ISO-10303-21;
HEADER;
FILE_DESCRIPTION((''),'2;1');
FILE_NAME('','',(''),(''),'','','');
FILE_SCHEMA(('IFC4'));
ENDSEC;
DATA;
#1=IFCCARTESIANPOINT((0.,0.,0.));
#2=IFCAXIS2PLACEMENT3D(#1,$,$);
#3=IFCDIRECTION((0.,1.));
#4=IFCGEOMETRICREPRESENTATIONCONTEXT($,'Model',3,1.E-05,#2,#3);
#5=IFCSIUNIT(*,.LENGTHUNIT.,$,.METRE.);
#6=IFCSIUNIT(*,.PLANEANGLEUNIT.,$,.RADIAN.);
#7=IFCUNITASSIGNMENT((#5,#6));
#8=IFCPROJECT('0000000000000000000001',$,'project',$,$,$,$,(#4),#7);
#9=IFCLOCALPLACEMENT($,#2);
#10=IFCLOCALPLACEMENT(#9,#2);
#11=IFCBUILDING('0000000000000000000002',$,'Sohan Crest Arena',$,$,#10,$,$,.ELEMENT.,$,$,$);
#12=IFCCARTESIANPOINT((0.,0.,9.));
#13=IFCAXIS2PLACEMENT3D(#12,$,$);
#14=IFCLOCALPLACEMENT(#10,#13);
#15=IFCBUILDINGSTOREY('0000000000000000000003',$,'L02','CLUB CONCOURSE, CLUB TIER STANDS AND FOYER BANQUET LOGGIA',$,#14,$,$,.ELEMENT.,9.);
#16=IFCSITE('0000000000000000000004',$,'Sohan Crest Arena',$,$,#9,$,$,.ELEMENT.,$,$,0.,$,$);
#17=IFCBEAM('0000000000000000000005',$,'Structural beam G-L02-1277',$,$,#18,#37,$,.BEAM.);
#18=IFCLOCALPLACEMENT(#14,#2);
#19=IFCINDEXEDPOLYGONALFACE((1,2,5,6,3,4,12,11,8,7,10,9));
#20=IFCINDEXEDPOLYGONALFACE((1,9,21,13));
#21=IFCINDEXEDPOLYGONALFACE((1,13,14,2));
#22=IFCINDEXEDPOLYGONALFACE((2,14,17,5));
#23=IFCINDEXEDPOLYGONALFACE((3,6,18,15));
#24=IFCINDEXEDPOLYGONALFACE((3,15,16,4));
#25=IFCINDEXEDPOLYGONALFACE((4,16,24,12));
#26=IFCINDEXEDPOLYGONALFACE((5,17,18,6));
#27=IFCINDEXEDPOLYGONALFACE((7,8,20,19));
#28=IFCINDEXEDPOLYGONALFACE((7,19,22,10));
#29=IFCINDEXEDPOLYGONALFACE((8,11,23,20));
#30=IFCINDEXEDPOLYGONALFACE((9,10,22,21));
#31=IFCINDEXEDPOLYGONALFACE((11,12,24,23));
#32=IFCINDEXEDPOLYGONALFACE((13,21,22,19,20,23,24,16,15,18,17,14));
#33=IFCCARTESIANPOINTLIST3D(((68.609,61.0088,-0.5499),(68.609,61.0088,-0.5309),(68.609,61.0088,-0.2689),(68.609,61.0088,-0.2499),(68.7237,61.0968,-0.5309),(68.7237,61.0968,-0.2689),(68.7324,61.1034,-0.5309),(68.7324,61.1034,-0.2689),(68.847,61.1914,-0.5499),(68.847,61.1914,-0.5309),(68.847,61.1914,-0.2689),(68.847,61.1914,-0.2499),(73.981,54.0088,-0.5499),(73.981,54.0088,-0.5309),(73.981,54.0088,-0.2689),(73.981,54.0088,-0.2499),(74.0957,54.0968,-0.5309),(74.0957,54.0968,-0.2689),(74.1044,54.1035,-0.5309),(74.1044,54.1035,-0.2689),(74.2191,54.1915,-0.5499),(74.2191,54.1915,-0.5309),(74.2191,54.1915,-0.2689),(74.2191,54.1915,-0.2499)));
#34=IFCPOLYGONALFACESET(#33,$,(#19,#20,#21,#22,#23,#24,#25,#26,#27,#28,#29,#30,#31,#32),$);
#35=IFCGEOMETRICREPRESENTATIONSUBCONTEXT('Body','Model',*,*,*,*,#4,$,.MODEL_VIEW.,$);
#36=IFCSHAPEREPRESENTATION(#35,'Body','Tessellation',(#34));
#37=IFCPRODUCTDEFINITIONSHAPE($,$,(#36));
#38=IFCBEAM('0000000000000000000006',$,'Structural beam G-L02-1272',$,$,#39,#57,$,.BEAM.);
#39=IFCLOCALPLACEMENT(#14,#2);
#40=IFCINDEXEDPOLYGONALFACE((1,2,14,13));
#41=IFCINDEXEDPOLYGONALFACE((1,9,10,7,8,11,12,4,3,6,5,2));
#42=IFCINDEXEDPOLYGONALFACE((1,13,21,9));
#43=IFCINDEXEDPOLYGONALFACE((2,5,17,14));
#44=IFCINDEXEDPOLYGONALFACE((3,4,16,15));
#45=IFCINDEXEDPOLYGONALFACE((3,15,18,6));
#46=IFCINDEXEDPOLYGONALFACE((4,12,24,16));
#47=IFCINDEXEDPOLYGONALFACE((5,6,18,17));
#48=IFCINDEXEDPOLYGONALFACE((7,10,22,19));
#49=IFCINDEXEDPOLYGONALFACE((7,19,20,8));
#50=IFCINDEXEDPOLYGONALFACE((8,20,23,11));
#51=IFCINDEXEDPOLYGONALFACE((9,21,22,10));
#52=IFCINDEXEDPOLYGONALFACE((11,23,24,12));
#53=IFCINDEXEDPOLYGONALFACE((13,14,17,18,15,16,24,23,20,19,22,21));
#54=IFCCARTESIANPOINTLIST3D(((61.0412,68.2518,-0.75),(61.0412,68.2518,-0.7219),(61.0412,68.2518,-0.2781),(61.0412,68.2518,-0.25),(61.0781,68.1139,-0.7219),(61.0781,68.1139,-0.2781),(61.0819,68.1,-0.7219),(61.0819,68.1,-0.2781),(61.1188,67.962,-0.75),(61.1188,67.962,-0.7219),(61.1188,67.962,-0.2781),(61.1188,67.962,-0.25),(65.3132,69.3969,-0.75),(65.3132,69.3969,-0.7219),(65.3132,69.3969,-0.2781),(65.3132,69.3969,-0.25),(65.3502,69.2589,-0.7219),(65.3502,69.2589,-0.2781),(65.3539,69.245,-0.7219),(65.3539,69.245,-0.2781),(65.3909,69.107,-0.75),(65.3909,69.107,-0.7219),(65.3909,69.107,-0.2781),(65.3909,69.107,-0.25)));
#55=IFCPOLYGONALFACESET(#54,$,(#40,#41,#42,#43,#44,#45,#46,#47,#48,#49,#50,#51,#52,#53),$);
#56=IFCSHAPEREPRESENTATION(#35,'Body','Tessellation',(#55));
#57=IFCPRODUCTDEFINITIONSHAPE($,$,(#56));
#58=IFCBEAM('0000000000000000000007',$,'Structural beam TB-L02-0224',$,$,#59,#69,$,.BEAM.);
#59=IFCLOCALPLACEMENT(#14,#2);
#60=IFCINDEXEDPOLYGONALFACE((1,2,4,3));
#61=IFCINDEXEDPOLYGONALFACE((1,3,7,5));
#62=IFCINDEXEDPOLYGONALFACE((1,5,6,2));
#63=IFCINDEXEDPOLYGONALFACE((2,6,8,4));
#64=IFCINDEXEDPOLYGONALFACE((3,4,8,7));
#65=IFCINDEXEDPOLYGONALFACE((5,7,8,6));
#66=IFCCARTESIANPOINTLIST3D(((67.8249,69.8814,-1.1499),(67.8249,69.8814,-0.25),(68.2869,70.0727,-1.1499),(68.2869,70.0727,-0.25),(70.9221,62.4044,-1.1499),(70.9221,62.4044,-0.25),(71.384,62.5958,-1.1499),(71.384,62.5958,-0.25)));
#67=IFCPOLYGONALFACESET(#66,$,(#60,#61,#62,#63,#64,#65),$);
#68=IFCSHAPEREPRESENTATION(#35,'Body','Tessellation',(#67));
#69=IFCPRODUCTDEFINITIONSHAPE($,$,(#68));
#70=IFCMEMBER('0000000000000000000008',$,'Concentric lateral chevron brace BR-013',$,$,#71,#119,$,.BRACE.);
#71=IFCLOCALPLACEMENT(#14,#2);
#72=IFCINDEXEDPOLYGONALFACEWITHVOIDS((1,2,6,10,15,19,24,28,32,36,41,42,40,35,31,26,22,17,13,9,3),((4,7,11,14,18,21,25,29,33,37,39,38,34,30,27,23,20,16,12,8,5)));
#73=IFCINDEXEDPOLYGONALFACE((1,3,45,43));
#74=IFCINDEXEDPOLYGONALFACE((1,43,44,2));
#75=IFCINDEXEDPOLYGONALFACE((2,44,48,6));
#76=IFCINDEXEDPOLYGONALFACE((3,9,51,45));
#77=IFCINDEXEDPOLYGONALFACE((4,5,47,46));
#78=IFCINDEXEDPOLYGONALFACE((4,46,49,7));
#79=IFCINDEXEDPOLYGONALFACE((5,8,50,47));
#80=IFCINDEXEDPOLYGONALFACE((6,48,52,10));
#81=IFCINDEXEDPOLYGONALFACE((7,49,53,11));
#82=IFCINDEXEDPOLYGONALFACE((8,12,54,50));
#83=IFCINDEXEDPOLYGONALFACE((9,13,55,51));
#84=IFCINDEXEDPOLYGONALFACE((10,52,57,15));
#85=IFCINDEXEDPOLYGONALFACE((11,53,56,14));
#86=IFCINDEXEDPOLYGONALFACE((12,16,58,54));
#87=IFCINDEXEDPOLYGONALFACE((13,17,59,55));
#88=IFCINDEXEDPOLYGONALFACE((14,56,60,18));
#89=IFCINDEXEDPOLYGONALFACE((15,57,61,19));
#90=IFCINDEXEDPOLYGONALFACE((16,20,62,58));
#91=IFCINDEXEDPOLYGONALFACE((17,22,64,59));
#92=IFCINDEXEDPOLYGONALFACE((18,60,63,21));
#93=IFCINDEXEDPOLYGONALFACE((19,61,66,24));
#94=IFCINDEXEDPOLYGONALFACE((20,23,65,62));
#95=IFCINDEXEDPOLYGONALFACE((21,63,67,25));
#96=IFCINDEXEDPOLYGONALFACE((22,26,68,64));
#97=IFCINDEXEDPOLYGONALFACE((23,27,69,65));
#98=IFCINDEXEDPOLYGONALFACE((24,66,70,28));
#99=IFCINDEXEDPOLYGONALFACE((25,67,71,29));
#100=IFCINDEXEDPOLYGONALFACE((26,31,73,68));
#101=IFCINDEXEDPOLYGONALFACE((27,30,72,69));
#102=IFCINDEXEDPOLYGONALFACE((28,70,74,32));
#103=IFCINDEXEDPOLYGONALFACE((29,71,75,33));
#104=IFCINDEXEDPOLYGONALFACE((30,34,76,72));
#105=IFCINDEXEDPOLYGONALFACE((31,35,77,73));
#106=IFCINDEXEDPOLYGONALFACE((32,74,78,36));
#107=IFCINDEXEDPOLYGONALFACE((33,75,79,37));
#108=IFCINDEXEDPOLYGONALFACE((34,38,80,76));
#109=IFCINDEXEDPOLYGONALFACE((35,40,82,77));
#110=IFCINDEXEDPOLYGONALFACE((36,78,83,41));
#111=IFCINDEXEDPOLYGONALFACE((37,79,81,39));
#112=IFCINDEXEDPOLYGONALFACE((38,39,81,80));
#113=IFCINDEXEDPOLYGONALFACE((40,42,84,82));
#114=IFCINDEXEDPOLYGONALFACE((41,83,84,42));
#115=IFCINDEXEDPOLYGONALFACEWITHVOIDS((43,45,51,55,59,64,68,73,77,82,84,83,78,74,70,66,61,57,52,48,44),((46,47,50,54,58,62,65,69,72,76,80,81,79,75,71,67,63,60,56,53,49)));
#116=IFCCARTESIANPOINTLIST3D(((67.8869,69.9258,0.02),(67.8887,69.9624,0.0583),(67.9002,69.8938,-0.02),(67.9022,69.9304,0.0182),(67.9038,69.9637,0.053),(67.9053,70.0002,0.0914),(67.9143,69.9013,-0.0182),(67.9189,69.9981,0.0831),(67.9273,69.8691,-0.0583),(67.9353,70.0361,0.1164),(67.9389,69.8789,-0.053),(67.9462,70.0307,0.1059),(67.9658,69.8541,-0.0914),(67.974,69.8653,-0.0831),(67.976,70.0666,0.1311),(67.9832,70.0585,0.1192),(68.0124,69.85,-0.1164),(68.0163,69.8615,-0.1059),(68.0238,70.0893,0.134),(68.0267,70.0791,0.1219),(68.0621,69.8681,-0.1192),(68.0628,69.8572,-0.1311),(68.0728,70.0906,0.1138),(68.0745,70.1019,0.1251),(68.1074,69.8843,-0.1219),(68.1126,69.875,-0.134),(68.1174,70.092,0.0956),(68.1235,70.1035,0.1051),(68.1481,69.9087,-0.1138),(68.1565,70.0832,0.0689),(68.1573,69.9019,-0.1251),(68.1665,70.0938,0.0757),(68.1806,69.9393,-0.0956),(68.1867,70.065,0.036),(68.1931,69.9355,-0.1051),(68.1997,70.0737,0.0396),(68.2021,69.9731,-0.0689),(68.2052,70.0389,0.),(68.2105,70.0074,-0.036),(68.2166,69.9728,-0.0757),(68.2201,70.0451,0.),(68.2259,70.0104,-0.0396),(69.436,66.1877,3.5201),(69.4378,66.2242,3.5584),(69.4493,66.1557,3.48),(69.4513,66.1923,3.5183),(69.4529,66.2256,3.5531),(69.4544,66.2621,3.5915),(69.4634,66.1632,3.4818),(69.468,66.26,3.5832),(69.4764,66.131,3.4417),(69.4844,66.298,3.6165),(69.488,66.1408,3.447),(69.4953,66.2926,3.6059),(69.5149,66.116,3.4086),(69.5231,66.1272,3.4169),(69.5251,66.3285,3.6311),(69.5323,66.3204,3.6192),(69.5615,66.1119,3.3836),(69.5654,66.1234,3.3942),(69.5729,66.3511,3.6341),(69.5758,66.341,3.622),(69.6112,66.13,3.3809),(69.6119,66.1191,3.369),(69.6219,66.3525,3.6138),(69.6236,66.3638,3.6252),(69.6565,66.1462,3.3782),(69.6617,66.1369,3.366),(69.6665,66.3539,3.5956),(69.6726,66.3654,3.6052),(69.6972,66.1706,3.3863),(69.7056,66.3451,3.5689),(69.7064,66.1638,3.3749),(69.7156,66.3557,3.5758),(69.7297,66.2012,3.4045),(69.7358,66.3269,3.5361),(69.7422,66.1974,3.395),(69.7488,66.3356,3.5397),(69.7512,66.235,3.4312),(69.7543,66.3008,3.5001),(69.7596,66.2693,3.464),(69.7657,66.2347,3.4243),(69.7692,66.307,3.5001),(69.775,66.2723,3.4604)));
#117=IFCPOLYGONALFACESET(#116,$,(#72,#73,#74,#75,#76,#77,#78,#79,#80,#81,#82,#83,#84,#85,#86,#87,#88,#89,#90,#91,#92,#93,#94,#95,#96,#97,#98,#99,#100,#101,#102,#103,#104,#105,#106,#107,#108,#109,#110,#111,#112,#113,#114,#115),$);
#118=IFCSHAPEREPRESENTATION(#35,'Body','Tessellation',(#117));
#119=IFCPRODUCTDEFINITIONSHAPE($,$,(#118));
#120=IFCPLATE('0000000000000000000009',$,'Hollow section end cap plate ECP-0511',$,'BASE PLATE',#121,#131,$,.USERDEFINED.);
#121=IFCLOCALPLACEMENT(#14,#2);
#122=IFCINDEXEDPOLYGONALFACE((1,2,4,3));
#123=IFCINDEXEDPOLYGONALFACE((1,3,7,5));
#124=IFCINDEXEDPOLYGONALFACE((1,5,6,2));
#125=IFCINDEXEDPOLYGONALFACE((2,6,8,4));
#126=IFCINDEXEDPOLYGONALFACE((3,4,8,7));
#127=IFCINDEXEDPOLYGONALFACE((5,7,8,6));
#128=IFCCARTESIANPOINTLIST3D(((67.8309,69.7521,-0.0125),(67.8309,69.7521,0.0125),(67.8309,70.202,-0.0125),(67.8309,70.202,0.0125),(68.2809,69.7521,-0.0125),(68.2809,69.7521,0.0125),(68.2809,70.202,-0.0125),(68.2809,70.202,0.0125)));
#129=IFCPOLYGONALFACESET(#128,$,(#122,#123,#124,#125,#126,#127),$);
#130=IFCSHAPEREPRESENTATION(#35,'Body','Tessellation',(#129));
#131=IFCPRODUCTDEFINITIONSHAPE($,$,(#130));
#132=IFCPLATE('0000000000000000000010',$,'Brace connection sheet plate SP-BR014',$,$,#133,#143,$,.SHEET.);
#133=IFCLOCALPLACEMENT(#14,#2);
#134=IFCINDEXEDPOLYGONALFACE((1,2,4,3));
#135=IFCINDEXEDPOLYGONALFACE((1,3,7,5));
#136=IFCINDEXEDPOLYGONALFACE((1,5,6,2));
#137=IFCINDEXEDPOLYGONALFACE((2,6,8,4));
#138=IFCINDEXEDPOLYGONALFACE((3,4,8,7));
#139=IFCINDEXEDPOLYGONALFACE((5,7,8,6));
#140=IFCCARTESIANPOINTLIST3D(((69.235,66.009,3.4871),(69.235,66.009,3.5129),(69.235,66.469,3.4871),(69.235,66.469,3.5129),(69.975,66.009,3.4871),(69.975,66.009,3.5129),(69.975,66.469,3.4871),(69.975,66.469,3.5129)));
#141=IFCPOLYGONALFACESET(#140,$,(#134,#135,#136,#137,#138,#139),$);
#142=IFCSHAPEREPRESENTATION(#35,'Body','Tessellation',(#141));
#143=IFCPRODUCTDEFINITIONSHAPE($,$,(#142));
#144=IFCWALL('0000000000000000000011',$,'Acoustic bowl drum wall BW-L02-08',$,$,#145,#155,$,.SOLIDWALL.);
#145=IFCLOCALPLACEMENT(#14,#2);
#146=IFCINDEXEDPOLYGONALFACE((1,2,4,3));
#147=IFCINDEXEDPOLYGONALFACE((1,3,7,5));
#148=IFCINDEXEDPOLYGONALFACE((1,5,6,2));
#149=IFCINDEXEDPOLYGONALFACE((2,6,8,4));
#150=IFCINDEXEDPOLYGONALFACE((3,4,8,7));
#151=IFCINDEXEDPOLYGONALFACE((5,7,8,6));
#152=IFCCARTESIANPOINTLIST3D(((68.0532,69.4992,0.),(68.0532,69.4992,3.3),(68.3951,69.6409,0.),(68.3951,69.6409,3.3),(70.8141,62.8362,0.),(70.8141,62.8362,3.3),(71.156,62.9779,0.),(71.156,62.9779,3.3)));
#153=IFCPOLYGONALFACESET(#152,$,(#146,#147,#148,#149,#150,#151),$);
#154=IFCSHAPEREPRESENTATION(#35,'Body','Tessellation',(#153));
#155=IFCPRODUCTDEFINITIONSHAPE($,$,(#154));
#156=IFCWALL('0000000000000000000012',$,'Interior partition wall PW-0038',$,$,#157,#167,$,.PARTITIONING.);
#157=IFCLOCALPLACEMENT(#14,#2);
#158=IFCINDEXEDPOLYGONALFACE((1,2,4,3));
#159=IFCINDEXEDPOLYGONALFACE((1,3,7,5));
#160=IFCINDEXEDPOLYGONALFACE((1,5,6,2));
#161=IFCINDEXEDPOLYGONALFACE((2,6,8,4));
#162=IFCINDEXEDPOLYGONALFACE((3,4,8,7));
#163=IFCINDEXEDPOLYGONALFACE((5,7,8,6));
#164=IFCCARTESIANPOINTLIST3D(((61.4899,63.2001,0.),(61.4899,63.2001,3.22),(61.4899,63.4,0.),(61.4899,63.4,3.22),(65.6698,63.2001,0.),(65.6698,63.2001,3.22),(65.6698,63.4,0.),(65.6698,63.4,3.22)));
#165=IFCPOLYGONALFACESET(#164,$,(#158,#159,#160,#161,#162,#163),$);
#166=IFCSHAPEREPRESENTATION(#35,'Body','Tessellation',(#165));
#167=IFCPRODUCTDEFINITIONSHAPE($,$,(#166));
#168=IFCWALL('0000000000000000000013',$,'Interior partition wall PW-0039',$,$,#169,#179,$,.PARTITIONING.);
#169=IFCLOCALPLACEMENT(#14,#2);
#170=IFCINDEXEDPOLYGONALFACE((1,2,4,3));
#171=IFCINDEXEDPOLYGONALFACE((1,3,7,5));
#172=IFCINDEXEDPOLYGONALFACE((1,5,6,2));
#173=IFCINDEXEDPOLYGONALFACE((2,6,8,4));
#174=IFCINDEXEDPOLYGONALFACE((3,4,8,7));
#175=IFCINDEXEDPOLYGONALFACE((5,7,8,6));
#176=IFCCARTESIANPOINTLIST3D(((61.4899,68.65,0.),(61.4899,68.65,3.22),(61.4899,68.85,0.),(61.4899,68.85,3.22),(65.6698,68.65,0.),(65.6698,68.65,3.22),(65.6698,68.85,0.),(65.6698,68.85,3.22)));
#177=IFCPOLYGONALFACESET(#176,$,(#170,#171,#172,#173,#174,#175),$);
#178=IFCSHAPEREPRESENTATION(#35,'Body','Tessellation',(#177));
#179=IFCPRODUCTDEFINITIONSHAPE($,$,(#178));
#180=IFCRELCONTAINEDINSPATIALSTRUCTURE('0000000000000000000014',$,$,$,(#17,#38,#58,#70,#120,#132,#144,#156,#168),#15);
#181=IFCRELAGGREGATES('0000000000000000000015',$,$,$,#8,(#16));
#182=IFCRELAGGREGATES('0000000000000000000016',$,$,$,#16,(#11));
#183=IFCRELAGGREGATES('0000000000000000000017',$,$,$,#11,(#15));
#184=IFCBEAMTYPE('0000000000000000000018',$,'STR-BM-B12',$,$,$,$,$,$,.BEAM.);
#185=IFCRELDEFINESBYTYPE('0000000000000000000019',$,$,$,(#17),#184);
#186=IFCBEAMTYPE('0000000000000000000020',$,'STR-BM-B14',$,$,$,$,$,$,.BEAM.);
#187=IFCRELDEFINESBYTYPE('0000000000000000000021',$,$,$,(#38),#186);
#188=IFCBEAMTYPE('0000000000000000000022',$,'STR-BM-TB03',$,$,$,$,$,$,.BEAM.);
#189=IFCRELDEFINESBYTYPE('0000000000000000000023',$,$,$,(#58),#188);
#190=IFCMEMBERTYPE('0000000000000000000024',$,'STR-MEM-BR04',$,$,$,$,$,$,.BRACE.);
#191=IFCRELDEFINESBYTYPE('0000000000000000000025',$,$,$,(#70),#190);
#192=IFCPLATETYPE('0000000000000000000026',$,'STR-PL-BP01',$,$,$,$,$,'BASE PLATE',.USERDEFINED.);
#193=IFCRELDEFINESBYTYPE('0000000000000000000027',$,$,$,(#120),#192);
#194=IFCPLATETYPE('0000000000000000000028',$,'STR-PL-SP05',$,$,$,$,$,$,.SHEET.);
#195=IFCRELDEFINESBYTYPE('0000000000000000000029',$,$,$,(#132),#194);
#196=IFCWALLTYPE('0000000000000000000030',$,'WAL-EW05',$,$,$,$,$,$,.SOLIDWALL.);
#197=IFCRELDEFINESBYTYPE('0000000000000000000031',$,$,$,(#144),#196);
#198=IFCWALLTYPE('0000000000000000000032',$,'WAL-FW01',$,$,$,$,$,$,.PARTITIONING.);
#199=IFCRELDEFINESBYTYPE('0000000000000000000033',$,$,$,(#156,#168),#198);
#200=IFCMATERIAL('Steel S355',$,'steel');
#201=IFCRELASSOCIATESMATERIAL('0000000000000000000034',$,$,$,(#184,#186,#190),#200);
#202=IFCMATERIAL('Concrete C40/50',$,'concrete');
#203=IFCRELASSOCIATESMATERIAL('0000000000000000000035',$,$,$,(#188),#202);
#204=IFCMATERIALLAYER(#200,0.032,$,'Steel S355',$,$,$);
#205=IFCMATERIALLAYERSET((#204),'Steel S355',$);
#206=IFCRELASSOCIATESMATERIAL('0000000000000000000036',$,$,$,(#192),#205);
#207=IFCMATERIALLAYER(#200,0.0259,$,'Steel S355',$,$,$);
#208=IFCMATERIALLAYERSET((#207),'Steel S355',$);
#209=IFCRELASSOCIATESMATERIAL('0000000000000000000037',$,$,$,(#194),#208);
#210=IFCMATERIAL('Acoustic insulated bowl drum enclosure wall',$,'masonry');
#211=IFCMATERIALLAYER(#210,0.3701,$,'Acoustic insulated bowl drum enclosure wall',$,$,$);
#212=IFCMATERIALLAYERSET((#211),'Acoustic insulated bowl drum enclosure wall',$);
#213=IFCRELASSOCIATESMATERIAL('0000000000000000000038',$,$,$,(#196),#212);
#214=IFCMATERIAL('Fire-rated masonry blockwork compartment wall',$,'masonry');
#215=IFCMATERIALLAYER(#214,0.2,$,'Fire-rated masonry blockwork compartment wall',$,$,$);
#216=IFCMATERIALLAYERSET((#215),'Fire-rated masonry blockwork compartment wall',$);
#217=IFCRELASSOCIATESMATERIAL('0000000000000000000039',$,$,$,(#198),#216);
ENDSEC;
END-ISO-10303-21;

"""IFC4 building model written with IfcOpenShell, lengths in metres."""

from ifc_helpers import new_model, si_unit, direction, frame, frame_2d, origin, origin_2d, place, context, subcontext, project, spatial, rectangle, hollow_circle, i_section, extrude, material, layer, layer_set, material_profile, profile_set, type_object, element, save


model = new_model("IFC4")

# Units and contexts
model_context = context("Model", 3, precision=1e-05, world=origin(), true_north=direction((0.0, 1.0)))
body_context = subcontext(model_context, "Body", "Model", "MODEL_VIEW")
ifc_project = project(units=[si_unit("LENGTHUNIT", "METRE"), si_unit("PLANEANGLEUNIT", "RADIAN")], contexts=[model_context])

# Site, building, storey
site_placement = place(None, origin())
site = spatial("IfcSite", under=ifc_project, at=site_placement, Name="Sohan Crest Arena", CompositionType="ELEMENT", RefElevation=0.0)
building_placement = place(site_placement, origin())
building = spatial("IfcBuilding", under=site, at=building_placement, Name="Sohan Crest Arena", CompositionType="ELEMENT")
storey_placement = place(building_placement, frame((0.0, 0.0, 9.0)))
storey = spatial("IfcBuildingStorey", under=building, at=storey_placement, Name="L02", Description="CLUB CONCOURSE, CLUB TIER STANDS AND FOYER BANQUET LOGGIA", CompositionType="ELEMENT", Elevation=9.0)

# Shared definitions
ifc_material_1 = material(Name="Concrete C40/50", Category="concrete")
ifc_material_2 = material(Name="Steel S355", Category="steel")

# Beams
ifc_material_profile_1 = material_profile(ifc_material_2, i_section(OverallWidth=0.3, OverallDepth=0.3, WebThickness=0.011, FlangeThickness=0.019, at=origin_2d()), Name="HEB 300")
ifc_profile_set_1 = profile_set([ifc_material_profile_1], Name="Steel S355")
beam_type_1 = type_object("IfcBeamType", Name="STR-BM-B12", PredefinedType="BEAM", material=ifc_profile_set_1)
beam_1_placement = place(storey_placement, frame((68.728, 61.1001, -0.3999), z_axis=(0.608817, -0.793311, 0.0), x_axis=(0.793311, 0.608817, 0.0)))
element("IfcBeam", 1, at=beam_1_placement, inside=storey, type_object=beam_type_1, Name="Structural beam G-L02-1277", PredefinedType="BEAM", context=body_context, shape_type="SweptSolid", body=[
    extrude(i_section(OverallWidth=0.3, OverallDepth=0.3, WebThickness=0.011, FlangeThickness=0.019, at=origin_2d()), origin(), (0.0, 0.0, 1.0), 8.8237),
])
ifc_material_profile_2 = material_profile(ifc_material_2, i_section(OverallWidth=0.3, OverallDepth=0.5, WebThickness=0.0144, FlangeThickness=0.0281, at=origin_2d()), Name="HEB 500")
ifc_profile_set_2 = profile_set([ifc_material_profile_2], Name="Steel S355")
beam_type_2 = type_object("IfcBeamType", Name="STR-BM-B14", PredefinedType="BEAM", material=ifc_profile_set_2)
beam_2_placement = place(storey_placement, frame((65.3521, 69.252, -0.5), z_axis=(-0.965906, -0.258892, 0.0), x_axis=(0.258892, -0.965906, 0.0)))
element("IfcBeam", 2, at=beam_2_placement, inside=storey, type_object=beam_type_2, Name="Structural beam G-L02-1272", PredefinedType="BEAM", context=body_context, shape_type="SweptSolid", body=[
    extrude(i_section(OverallWidth=0.3, OverallDepth=0.5, WebThickness=0.0144, FlangeThickness=0.0281, at=origin_2d()), origin(), (0.0, 0.0, 1.0), 4.4229),
])
ifc_material_profile_3 = material_profile(ifc_material_1, rectangle(XDim=0.5, YDim=0.8999, at=origin_2d()), Name="RC-BM 500x900")
ifc_profile_set_3 = profile_set([ifc_material_profile_3], Name="Concrete C40/50")
beam_type_3 = type_object("IfcBeamType", Name="STR-BM-TB03", PredefinedType="BEAM", material=ifc_profile_set_3)
beam_3_placement = place(storey_placement, frame((68.0559, 69.9771, -0.7), z_axis=(0.382691, -0.923876, 0.0), x_axis=(0.923876, 0.382691, 0.0)))
element("IfcBeam", 3, at=beam_3_placement, inside=storey, type_object=beam_type_3, Name="Structural beam TB-L02-0224", PredefinedType="BEAM", context=body_context, shape_type="SweptSolid", body=[
    extrude(rectangle(XDim=0.5, YDim=0.8999, at=origin_2d()), origin(), (0.0, 0.0, 1.0), 8.093),
])

# Member
ifc_material_profile_4 = material_profile(ifc_material_2, hollow_circle(Radius=0.1777, WallThickness=0.0161, at=origin_2d()), Name="CHS 355.6x16")
ifc_profile_set_4 = profile_set([ifc_material_profile_4], Name="Steel S355")
member_type = type_object("IfcMemberType", Name="STR-MEM-BR04", PredefinedType="BRACE", material=ifc_profile_set_4)
member_placement = place(storey_placement, frame((68.0559, 69.9771, 0.0), z_axis=(0.289546, -0.698698, 0.654205), x_axis=(0.923816, 0.382837, 0.0)))
element("IfcMember", 4, at=member_placement, inside=storey, type_object=member_type, Name="Concentric lateral chevron brace BR-013", PredefinedType="BRACE", context=body_context, shape_type="SweptSolid", body=[
    extrude(hollow_circle(Radius=0.1777, WallThickness=0.0161, at=origin_2d()), origin(), (0.0, 0.0, 1.0), 5.3501),
])

# Plates
ifc_layer_1 = layer(ifc_material_2, 0.032, Name="Steel S355")
ifc_layer_set_1 = layer_set([ifc_layer_1], Name="Steel S355")
plate_type_1 = type_object("IfcPlateType", Name="STR-PL-BP01", ElementType="BASE PLATE", PredefinedType="USERDEFINED", material=ifc_layer_set_1)
plate_1_placement = place(storey_placement, frame((68.0559, 69.9771, -0.0125), z_axis=(0.0, 0.0, 1.0), x_axis=(1.0, 0.0, 0.0)))
element("IfcPlate", 5, at=plate_1_placement, inside=storey, type_object=plate_type_1, Name="Hollow section end cap plate ECP-0511", ObjectType="BASE PLATE", PredefinedType="USERDEFINED", context=body_context, shape_type="SweptSolid", body=[
    extrude(rectangle(XDim=0.45, YDim=0.45, at=origin_2d()), origin(), (0.0, 0.0, 1.0), 0.0249),
])
ifc_layer_2 = layer(ifc_material_2, 0.0259, Name="Steel S355")
ifc_layer_set_2 = layer_set([ifc_layer_2], Name="Steel S355")
plate_type_2 = type_object("IfcPlateType", Name="STR-PL-SP05", PredefinedType="SHEET", material=ifc_layer_set_2)
plate_2_placement = place(storey_placement, frame((69.605, 66.239, 3.4871), z_axis=(0.0, 0.0, 1.0), x_axis=(1.0, 0.0, 0.0)))
element("IfcPlate", 6, at=plate_2_placement, inside=storey, type_object=plate_type_2, Name="Brace connection sheet plate SP-BR014", PredefinedType="SHEET", context=body_context, shape_type="SweptSolid", body=[
    extrude(rectangle(XDim=0.74, YDim=0.46, at=origin_2d()), origin(), (0.0, 0.0, 1.0), 0.0259),
])

# Walls
ifc_material_3 = material(Name="Acoustic insulated bowl drum enclosure wall", Category="masonry")
ifc_layer_3 = layer(ifc_material_3, 0.3701, Name="Acoustic insulated bowl drum enclosure wall")
ifc_layer_set_3 = layer_set([ifc_layer_3], Name="Acoustic insulated bowl drum enclosure wall")
wall_type_1 = type_object("IfcWallType", Name="WAL-EW05", PredefinedType="SOLIDWALL", material=ifc_layer_set_3)
wall_1_placement = place(storey_placement, frame((68.2241, 69.5701, 0.0), z_axis=(0.0, 0.0, 1.0), x_axis=(0.382807, -0.923828, 0.0)))
element("IfcWall", 7, at=wall_1_placement, inside=storey, type_object=wall_type_1, Name="Acoustic bowl drum wall BW-L02-08", PredefinedType="SOLIDWALL", context=body_context, shape_type="SweptSolid", body=[
    extrude(rectangle(XDim=7.2124, YDim=0.3701, at=frame_2d((3.6062, 0.0))), origin(), (0.0, 0.0, 1.0), 3.3),
])
ifc_material_4 = material(Name="Fire-rated masonry blockwork compartment wall", Category="masonry")
ifc_layer_4 = layer(ifc_material_4, 0.2, Name="Fire-rated masonry blockwork compartment wall")
ifc_layer_set_4 = layer_set([ifc_layer_4], Name="Fire-rated masonry blockwork compartment wall")
wall_type_2 = type_object("IfcWallType", Name="WAL-FW01", PredefinedType="PARTITIONING", material=ifc_layer_set_4)
for number, where, z_axis, x_axis, name in (
    (8, (61.49, 63.3, 0.0), (0.0, 0.0, 1.0), (1.0, 0.0, 0.0), "Interior partition wall PW-0038"),
    (9, (61.49, 68.75, 0.0), (0.0, 0.0, 1.0), (1.0, 0.0, 0.0), "Interior partition wall PW-0039"),
):
    element("IfcWall", number, at=place(storey_placement, frame(where, z_axis=z_axis, x_axis=x_axis)), inside=storey, type_object=wall_type_2, Name=name, PredefinedType="PARTITIONING", context=body_context, shape_type="SweptSolid", body=[
        extrude(rectangle(XDim=4.1799, YDim=0.2, at=frame_2d((2.0898, 0.0))), origin(), (0.0, 0.0, 1.0), 3.22),
    ])

save(model, "model.ifc")
